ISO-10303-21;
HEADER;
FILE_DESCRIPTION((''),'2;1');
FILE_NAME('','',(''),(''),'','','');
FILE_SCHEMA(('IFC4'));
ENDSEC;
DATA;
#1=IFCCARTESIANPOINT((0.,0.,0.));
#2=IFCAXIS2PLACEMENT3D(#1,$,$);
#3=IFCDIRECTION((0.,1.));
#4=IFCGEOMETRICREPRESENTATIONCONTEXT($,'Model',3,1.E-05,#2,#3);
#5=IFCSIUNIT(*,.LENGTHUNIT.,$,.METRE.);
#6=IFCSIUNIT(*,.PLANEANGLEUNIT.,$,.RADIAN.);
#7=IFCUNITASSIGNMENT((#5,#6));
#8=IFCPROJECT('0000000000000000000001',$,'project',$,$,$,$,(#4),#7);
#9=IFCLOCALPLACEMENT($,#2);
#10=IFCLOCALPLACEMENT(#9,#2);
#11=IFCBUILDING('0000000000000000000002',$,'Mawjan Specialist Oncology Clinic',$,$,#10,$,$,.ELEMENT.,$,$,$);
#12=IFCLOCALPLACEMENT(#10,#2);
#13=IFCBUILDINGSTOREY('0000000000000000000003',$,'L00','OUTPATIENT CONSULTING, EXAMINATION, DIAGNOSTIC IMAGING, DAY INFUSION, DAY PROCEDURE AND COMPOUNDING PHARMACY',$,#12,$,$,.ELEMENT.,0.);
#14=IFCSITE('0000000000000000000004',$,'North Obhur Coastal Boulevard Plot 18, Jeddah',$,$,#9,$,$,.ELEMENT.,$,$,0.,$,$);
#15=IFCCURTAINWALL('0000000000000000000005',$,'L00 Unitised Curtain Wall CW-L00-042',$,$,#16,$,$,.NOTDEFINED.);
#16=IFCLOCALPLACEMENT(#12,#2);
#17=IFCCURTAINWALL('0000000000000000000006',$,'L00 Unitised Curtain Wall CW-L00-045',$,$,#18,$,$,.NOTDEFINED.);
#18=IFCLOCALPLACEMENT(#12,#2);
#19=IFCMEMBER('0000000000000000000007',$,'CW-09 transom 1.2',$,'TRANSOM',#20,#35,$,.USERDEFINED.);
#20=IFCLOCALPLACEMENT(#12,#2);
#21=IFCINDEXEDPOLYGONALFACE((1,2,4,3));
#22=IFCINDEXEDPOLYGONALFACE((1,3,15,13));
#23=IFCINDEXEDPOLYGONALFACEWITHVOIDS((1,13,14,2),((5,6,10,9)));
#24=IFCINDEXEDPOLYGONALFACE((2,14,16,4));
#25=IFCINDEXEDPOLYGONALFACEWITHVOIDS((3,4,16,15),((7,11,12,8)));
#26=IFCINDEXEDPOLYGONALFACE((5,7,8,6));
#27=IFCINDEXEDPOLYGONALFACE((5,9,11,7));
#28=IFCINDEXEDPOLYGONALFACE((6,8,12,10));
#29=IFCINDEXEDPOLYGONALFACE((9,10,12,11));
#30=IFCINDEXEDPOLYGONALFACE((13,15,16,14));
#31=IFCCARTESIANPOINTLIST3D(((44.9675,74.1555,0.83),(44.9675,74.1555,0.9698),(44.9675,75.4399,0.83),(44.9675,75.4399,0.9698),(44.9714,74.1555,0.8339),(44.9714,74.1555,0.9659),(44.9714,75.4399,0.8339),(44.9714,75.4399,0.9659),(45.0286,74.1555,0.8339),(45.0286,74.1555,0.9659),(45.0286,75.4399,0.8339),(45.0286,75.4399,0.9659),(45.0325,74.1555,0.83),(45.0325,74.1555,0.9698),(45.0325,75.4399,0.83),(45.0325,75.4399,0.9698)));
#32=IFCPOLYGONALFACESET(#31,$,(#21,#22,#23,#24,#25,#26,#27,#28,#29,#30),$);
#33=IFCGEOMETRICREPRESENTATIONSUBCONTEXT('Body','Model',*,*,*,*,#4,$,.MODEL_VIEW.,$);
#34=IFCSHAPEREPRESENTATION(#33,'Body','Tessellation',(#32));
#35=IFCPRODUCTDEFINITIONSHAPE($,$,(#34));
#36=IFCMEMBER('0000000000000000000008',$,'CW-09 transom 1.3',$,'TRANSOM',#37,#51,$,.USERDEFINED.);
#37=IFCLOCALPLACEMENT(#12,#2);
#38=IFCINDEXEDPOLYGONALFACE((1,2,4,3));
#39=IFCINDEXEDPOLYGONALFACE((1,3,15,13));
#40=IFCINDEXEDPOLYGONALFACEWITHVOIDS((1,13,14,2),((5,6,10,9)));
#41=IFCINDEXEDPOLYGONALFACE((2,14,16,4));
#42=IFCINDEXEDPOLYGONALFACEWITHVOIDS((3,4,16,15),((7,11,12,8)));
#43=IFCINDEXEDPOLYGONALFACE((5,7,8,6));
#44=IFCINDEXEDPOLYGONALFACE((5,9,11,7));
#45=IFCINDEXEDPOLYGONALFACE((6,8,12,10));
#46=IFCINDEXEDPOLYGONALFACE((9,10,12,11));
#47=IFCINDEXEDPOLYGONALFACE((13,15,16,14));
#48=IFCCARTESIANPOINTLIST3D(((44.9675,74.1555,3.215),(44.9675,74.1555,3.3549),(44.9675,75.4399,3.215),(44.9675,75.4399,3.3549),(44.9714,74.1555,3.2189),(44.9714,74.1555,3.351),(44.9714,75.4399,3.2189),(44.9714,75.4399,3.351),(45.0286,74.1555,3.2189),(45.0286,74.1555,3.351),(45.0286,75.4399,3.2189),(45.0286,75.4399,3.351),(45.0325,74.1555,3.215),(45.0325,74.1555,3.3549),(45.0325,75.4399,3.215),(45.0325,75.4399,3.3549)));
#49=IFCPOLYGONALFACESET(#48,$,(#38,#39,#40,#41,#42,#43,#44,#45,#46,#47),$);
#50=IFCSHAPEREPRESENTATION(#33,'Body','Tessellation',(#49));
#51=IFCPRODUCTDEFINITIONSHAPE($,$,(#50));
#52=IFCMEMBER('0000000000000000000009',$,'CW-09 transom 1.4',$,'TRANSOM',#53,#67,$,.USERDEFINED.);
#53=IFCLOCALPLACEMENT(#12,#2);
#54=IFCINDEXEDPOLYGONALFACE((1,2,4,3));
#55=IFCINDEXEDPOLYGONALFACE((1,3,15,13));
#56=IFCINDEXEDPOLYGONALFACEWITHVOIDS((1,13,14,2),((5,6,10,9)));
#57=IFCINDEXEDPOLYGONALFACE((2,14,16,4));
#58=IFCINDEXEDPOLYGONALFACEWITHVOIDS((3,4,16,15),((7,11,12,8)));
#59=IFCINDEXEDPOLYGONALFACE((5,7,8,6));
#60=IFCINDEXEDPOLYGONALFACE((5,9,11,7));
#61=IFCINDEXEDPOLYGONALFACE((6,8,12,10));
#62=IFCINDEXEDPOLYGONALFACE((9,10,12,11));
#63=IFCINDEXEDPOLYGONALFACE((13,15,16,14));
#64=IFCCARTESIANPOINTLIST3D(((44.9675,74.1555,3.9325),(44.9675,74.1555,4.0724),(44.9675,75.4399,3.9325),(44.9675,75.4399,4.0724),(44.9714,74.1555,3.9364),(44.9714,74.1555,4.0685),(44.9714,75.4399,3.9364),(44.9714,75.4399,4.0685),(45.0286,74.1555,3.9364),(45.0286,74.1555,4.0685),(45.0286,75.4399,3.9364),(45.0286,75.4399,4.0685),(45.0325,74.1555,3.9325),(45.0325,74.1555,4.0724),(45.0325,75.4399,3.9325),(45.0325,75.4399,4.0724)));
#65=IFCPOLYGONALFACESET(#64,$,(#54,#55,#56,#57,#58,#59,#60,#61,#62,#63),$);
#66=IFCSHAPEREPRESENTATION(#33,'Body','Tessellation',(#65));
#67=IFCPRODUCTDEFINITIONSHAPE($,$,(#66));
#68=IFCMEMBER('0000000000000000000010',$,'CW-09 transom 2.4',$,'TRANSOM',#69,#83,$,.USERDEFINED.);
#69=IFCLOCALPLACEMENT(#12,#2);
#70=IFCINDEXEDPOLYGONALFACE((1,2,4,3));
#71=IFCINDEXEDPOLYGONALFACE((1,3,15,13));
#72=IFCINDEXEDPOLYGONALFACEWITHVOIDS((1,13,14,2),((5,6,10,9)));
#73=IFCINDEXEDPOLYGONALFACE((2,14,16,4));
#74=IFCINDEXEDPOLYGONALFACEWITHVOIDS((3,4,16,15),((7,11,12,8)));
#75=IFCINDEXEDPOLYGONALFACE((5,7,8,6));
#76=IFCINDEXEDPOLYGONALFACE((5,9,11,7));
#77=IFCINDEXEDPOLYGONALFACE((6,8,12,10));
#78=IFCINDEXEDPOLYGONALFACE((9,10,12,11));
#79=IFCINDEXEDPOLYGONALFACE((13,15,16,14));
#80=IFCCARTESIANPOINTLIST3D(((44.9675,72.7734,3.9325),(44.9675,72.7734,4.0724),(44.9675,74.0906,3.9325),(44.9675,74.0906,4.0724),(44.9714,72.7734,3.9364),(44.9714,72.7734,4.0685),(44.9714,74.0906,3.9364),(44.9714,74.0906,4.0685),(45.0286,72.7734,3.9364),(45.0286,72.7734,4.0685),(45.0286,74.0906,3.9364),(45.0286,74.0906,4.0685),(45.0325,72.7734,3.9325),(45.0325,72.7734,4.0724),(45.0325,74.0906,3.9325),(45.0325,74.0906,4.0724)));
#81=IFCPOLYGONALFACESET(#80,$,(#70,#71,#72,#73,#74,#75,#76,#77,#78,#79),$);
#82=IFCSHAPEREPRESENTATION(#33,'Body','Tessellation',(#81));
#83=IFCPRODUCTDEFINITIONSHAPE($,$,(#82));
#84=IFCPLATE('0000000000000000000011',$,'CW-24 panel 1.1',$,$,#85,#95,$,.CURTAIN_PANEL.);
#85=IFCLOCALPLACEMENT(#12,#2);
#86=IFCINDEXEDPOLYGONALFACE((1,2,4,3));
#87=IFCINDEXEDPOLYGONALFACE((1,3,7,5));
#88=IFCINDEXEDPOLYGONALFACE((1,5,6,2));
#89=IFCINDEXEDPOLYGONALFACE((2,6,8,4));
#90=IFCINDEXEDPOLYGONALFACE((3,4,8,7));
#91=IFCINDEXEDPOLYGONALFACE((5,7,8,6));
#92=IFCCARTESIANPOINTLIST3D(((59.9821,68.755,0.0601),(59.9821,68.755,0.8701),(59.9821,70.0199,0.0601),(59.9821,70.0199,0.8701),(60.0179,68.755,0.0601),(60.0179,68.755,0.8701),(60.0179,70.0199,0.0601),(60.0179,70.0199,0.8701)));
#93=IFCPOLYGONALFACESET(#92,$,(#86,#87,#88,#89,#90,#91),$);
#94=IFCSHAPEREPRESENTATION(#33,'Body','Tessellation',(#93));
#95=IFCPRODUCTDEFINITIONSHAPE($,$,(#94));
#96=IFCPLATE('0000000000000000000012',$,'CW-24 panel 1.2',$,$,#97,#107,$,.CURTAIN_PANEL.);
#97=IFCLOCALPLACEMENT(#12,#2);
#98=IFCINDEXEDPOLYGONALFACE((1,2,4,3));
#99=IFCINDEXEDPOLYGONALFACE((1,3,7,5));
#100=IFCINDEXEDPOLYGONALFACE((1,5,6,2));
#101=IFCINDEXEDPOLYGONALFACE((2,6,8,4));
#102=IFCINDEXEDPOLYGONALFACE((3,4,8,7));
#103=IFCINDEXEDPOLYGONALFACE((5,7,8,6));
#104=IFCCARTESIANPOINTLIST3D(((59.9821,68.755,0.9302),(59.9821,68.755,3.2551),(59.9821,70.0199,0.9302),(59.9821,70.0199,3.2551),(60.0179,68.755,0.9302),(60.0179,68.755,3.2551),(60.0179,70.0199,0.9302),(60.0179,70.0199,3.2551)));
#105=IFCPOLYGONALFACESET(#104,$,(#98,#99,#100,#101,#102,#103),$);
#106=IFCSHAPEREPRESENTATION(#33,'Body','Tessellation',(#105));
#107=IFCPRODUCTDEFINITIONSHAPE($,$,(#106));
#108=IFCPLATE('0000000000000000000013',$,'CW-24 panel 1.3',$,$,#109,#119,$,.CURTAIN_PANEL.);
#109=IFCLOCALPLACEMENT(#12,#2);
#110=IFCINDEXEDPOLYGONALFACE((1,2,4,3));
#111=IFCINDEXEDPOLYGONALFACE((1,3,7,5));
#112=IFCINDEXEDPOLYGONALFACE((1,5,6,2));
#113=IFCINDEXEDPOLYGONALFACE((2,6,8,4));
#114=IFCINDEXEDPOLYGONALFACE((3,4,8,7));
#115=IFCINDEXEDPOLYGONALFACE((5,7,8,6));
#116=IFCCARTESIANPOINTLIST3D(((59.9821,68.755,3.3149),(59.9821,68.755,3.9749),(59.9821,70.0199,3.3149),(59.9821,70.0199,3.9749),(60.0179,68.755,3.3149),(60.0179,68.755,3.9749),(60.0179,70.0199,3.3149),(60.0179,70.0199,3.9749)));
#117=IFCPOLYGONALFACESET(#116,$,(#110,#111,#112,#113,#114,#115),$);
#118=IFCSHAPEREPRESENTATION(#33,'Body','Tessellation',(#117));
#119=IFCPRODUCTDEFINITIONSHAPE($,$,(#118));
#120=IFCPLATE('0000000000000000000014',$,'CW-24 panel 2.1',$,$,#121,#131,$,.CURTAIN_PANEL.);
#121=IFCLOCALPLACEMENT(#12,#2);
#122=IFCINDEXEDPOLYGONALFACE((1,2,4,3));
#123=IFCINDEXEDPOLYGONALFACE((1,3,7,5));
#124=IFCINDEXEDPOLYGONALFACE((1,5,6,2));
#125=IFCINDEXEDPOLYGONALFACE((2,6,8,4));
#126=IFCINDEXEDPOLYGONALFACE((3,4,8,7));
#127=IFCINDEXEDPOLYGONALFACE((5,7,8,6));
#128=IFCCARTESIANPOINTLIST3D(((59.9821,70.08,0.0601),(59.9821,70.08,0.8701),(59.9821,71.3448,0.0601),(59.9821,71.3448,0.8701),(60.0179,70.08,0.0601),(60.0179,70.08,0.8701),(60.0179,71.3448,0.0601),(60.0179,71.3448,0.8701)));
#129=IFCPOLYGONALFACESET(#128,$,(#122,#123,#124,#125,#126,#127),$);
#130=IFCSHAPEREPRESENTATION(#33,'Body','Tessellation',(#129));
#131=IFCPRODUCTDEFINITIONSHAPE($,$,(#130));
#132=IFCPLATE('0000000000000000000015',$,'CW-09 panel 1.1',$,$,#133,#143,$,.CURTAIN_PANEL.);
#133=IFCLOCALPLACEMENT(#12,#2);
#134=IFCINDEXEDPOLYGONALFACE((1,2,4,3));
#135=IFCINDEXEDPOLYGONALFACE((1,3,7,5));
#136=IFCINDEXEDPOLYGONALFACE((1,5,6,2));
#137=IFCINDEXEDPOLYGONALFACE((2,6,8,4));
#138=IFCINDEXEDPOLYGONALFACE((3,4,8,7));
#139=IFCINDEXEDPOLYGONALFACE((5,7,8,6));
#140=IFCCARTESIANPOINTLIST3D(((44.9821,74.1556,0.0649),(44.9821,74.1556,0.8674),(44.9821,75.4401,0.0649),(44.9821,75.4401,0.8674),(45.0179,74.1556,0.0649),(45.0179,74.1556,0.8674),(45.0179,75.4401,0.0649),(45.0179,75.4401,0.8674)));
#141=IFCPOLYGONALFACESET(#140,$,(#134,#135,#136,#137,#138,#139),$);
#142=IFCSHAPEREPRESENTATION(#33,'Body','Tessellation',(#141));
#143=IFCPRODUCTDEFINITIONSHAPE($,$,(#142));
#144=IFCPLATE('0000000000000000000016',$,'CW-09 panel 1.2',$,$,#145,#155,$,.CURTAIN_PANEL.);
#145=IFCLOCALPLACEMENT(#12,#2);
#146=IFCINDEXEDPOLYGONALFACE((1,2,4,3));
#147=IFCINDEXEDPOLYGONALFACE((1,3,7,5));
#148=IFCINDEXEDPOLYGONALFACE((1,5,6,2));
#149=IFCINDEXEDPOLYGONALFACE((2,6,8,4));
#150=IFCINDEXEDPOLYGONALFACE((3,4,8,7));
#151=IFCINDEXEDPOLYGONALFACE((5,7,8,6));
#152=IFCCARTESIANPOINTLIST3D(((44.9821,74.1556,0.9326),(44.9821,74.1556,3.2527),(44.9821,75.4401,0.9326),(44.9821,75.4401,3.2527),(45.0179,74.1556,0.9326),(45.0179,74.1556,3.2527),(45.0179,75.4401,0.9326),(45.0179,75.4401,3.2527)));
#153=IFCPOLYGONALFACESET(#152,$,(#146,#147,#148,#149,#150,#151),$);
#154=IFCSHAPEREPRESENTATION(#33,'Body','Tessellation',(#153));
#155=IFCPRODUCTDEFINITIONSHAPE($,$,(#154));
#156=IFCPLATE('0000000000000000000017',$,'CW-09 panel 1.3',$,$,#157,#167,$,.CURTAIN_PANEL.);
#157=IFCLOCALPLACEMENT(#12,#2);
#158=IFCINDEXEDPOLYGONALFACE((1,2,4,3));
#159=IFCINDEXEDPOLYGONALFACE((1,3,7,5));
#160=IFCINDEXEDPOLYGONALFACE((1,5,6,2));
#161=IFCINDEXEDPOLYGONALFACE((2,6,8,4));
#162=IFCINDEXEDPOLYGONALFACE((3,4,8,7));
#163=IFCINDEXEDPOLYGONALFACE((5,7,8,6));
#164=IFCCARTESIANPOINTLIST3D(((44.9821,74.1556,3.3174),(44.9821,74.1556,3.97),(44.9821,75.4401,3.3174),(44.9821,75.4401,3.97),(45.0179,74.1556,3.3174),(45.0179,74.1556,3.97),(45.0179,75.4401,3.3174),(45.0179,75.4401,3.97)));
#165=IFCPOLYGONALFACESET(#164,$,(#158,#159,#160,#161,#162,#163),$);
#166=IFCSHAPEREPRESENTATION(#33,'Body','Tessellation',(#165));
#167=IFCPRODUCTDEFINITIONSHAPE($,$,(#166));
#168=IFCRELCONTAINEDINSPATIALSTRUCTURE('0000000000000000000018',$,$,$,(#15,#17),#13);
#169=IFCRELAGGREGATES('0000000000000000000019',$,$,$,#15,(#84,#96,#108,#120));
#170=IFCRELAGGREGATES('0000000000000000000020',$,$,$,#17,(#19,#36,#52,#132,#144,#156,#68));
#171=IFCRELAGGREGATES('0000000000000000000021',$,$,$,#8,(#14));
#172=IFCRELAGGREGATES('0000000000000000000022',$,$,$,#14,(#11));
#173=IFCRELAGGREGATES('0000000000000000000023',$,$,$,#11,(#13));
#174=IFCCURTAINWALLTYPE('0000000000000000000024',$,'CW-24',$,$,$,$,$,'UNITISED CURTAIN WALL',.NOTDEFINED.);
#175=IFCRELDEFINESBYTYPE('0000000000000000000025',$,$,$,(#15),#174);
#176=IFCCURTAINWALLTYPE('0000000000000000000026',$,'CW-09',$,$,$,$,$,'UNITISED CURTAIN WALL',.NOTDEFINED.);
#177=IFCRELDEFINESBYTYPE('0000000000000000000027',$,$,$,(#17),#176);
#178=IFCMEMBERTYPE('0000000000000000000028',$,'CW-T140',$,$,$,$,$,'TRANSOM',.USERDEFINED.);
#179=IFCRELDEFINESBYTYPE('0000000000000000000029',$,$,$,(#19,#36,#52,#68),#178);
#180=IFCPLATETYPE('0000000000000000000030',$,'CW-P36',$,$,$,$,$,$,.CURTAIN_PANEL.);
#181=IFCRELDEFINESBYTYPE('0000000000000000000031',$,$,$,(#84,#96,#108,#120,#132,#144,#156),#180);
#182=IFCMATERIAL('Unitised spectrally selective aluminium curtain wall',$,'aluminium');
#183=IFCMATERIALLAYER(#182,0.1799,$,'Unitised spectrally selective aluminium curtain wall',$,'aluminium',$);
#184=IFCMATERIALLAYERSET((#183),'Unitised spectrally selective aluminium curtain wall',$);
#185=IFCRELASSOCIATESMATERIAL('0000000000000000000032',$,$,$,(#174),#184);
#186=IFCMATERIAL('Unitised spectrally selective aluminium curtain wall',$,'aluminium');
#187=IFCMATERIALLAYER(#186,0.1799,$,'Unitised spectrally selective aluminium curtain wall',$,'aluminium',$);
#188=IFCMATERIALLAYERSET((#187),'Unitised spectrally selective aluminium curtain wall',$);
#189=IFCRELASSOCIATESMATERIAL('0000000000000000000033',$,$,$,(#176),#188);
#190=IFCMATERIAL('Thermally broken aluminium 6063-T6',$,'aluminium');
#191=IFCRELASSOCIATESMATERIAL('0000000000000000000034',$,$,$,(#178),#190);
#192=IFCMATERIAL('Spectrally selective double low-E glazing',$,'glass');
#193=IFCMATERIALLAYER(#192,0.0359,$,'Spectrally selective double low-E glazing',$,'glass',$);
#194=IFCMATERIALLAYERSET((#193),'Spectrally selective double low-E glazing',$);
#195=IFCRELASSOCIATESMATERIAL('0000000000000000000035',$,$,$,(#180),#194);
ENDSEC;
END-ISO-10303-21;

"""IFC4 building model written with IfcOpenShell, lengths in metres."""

from ifc_helpers import new_model, si_unit, direction, frame, origin, origin_2d, place, context, subcontext, project, spatial, rectangle, hollow_rectangle, extrude, material, layer, layer_set, material_profile, profile_set, type_object, element, aggregate, save


model = new_model("IFC4")

# Units and contexts
model_context = context("Model", 3, precision=1e-05, world=origin(), true_north=direction((0.0, 1.0)))
body_context = subcontext(model_context, "Body", "Model", "MODEL_VIEW")
ifc_project = project(units=[si_unit("LENGTHUNIT", "METRE"), si_unit("PLANEANGLEUNIT", "RADIAN")], contexts=[model_context])

# Site, building, storey
site_placement = place(None, origin())
site = spatial("IfcSite", under=ifc_project, at=site_placement, Name="North Obhur Coastal Boulevard Plot 18, Jeddah", CompositionType="ELEMENT", RefElevation=0.0)
building_placement = place(site_placement, origin())
building = spatial("IfcBuilding", under=site, at=building_placement, Name="Mawjan Specialist Oncology Clinic", CompositionType="ELEMENT")
storey_placement = place(building_placement, origin())
storey = spatial("IfcBuildingStorey", under=building, at=storey_placement, Name="L00", Description="OUTPATIENT CONSULTING, EXAMINATION, DIAGNOSTIC IMAGING, DAY INFUSION, DAY PROCEDURE AND COMPOUNDING PHARMACY", CompositionType="ELEMENT", Elevation=0.0)

# Curtain wall
ifc_material_1 = material(Name="Unitised spectrally selective aluminium curtain wall", Category="aluminium")
ifc_layer_1 = layer(ifc_material_1, 0.1799, Name="Unitised spectrally selective aluminium curtain wall", Category="aluminium")
ifc_layer_set_1 = layer_set([ifc_layer_1], Name="Unitised spectrally selective aluminium curtain wall")
curtain_wall_type_1 = type_object("IfcCurtainWallType", Name="CW-24", ElementType="UNITISED CURTAIN WALL", PredefinedType="NOTDEFINED", material=ifc_layer_set_1)
curtain_wall_1_placement = place(storey_placement, origin())
curtain_wall_1 = element("IfcCurtainWall", 1, at=curtain_wall_1_placement, inside=storey, type_object=curtain_wall_type_1, Name="L00 Unitised Curtain Wall CW-L00-042", PredefinedType="NOTDEFINED")

# Curtain wall
ifc_material_2 = material(Name="Unitised spectrally selective aluminium curtain wall", Category="aluminium")
ifc_layer_2 = layer(ifc_material_2, 0.1799, Name="Unitised spectrally selective aluminium curtain wall", Category="aluminium")
ifc_layer_set_2 = layer_set([ifc_layer_2], Name="Unitised spectrally selective aluminium curtain wall")
curtain_wall_type_2 = type_object("IfcCurtainWallType", Name="CW-09", ElementType="UNITISED CURTAIN WALL", PredefinedType="NOTDEFINED", material=ifc_layer_set_2)
curtain_wall_2_placement = place(storey_placement, origin())
curtain_wall_2 = element("IfcCurtainWall", 2, at=curtain_wall_2_placement, inside=storey, type_object=curtain_wall_type_2, Name="L00 Unitised Curtain Wall CW-L00-045", PredefinedType="NOTDEFINED")

# Members
ifc_material_3 = material(Name="Thermally broken aluminium 6063-T6", Category="aluminium")
ifc_material_profile_1 = material_profile(ifc_material_3, hollow_rectangle(XDim=0.0649, YDim=0.1399, WallThickness=0.0039, at=origin_2d()), Name="ALU TRANSOM 140x65x4", Category="aluminium")
ifc_profile_set_1 = profile_set([ifc_material_profile_1], Name="Thermally broken aluminium 6063-T6")
member_type_1 = type_object("IfcMemberType", Name="CW-T140", ElementType="TRANSOM", PredefinedType="USERDEFINED", material=ifc_profile_set_1)
member_1_placement = place(storey_placement, frame((45.0, 75.4399, 0.8999), z_axis=(0.0, -1.0, 0.0), x_axis=(1.0, 0.0, 0.0)))
member_1 = element("IfcMember", 3, at=member_1_placement, type_object=member_type_1, Name="CW-09 transom 1.2", ObjectType="TRANSOM", PredefinedType="USERDEFINED", context=body_context, shape_type="SweptSolid", body=[
    extrude(hollow_rectangle(XDim=0.0649, YDim=0.1399, WallThickness=0.0039, at=origin_2d()), origin(), (0.0, 0.0, 1.0), 1.2844),
])
member_2_placement = place(storey_placement, frame((45.0, 75.4399, 3.2849), z_axis=(0.0, -1.0, 0.0), x_axis=(1.0, 0.0, 0.0)))
member_2 = element("IfcMember", 4, at=member_2_placement, type_object=member_type_1, Name="CW-09 transom 1.3", ObjectType="TRANSOM", PredefinedType="USERDEFINED", context=body_context, shape_type="SweptSolid", body=[
    extrude(hollow_rectangle(XDim=0.0649, YDim=0.1399, WallThickness=0.0039, at=origin_2d()), origin(), (0.0, 0.0, 1.0), 1.2844),
])
member_3_placement = place(storey_placement, frame((45.0, 75.4399, 4.0024), z_axis=(0.0, -1.0, 0.0), x_axis=(1.0, 0.0, 0.0)))
member_3 = element("IfcMember", 5, at=member_3_placement, type_object=member_type_1, Name="CW-09 transom 1.4", ObjectType="TRANSOM", PredefinedType="USERDEFINED", context=body_context, shape_type="SweptSolid", body=[
    extrude(hollow_rectangle(XDim=0.0649, YDim=0.1399, WallThickness=0.0039, at=origin_2d()), origin(), (0.0, 0.0, 1.0), 1.2844),
])
member_4_placement = place(storey_placement, frame((45.0, 74.0906, 4.0024), z_axis=(0.0, -1.0, 0.0), x_axis=(1.0, 0.0, 0.0)))
member_4 = element("IfcMember", 6, at=member_4_placement, type_object=member_type_1, Name="CW-09 transom 2.4", ObjectType="TRANSOM", PredefinedType="USERDEFINED", context=body_context, shape_type="SweptSolid", body=[
    extrude(hollow_rectangle(XDim=0.0649, YDim=0.1399, WallThickness=0.0039, at=origin_2d()), origin(), (0.0, 0.0, 1.0), 1.3171),
])

# Plates
ifc_material_4 = material(Name="Spectrally selective double low-E glazing", Category="glass")
ifc_layer_3 = layer(ifc_material_4, 0.0359, Name="Spectrally selective double low-E glazing", Category="glass")
ifc_layer_set_3 = layer_set([ifc_layer_3], Name="Spectrally selective double low-E glazing")
plate_type = type_object("IfcPlateType", Name="CW-P36", PredefinedType="CURTAIN_PANEL", material=ifc_layer_set_3)
plate_1_placement = place(storey_placement, frame((60.0, 69.3875, 0.0601), z_axis=(0.0, 0.0, 1.0), x_axis=(0.0, 1.0, 0.0)))
plate_1 = element("IfcPlate", 7, at=plate_1_placement, type_object=plate_type, Name="CW-24 panel 1.1", PredefinedType="CURTAIN_PANEL", context=body_context, shape_type="SweptSolid", body=[
    extrude(rectangle(XDim=1.2649, YDim=0.0359, at=origin_2d()), origin(), (0.0, 0.0, 1.0), 0.8101),
])
plate_2_placement = place(storey_placement, frame((60.0, 69.3875, 0.9302), z_axis=(0.0, 0.0, 1.0), x_axis=(0.0, 1.0, 0.0)))
plate_2 = element("IfcPlate", 8, at=plate_2_placement, type_object=plate_type, Name="CW-24 panel 1.2", PredefinedType="CURTAIN_PANEL", context=body_context, shape_type="SweptSolid", body=[
    extrude(rectangle(XDim=1.2649, YDim=0.0359, at=origin_2d()), origin(), (0.0, 0.0, 1.0), 2.325),
])
plate_3_placement = place(storey_placement, frame((60.0, 69.3875, 3.3149), z_axis=(0.0, 0.0, 1.0), x_axis=(0.0, 1.0, 0.0)))
plate_3 = element("IfcPlate", 9, at=plate_3_placement, type_object=plate_type, Name="CW-24 panel 1.3", PredefinedType="CURTAIN_PANEL", context=body_context, shape_type="SweptSolid", body=[
    extrude(rectangle(XDim=1.2649, YDim=0.0359, at=origin_2d()), origin(), (0.0, 0.0, 1.0), 0.6599),
])
plate_4_placement = place(storey_placement, frame((60.0, 70.7124, 0.0601), z_axis=(0.0, 0.0, 1.0), x_axis=(0.0, 1.0, 0.0)))
plate_4 = element("IfcPlate", 10, at=plate_4_placement, type_object=plate_type, Name="CW-24 panel 2.1", PredefinedType="CURTAIN_PANEL", context=body_context, shape_type="SweptSolid", body=[
    extrude(rectangle(XDim=1.2649, YDim=0.0359, at=origin_2d()), origin(), (0.0, 0.0, 1.0), 0.8101),
])
aggregate(curtain_wall_1, [plate_1, plate_2, plate_3, plate_4])
plate_5_placement = place(storey_placement, frame((45.0, 74.7979, 0.0649), z_axis=(0.0, 0.0, 1.0), x_axis=(0.0, -1.0, 0.0)))
plate_5 = element("IfcPlate", 11, at=plate_5_placement, type_object=plate_type, Name="CW-09 panel 1.1", PredefinedType="CURTAIN_PANEL", context=body_context, shape_type="SweptSolid", body=[
    extrude(rectangle(XDim=1.2844, YDim=0.0359, at=origin_2d()), origin(), (0.0, 0.0, 1.0), 0.8025),
])
plate_6_placement = place(storey_placement, frame((45.0, 74.7979, 0.9326), z_axis=(0.0, 0.0, 1.0), x_axis=(0.0, -1.0, 0.0)))
plate_6 = element("IfcPlate", 12, at=plate_6_placement, type_object=plate_type, Name="CW-09 panel 1.2", PredefinedType="CURTAIN_PANEL", context=body_context, shape_type="SweptSolid", body=[
    extrude(rectangle(XDim=1.2844, YDim=0.0359, at=origin_2d()), origin(), (0.0, 0.0, 1.0), 2.3201),
])
plate_7_placement = place(storey_placement, frame((45.0, 74.7979, 3.3174), z_axis=(0.0, 0.0, 1.0), x_axis=(0.0, -1.0, 0.0)))
plate_7 = element("IfcPlate", 13, at=plate_7_placement, type_object=plate_type, Name="CW-09 panel 1.3", PredefinedType="CURTAIN_PANEL", context=body_context, shape_type="SweptSolid", body=[
    extrude(rectangle(XDim=1.2844, YDim=0.0359, at=origin_2d()), origin(), (0.0, 0.0, 1.0), 0.6526),
])
aggregate(curtain_wall_2, [member_1, member_2, member_3, plate_5, plate_6, plate_7, member_4])

save(model, "model.ifc")
